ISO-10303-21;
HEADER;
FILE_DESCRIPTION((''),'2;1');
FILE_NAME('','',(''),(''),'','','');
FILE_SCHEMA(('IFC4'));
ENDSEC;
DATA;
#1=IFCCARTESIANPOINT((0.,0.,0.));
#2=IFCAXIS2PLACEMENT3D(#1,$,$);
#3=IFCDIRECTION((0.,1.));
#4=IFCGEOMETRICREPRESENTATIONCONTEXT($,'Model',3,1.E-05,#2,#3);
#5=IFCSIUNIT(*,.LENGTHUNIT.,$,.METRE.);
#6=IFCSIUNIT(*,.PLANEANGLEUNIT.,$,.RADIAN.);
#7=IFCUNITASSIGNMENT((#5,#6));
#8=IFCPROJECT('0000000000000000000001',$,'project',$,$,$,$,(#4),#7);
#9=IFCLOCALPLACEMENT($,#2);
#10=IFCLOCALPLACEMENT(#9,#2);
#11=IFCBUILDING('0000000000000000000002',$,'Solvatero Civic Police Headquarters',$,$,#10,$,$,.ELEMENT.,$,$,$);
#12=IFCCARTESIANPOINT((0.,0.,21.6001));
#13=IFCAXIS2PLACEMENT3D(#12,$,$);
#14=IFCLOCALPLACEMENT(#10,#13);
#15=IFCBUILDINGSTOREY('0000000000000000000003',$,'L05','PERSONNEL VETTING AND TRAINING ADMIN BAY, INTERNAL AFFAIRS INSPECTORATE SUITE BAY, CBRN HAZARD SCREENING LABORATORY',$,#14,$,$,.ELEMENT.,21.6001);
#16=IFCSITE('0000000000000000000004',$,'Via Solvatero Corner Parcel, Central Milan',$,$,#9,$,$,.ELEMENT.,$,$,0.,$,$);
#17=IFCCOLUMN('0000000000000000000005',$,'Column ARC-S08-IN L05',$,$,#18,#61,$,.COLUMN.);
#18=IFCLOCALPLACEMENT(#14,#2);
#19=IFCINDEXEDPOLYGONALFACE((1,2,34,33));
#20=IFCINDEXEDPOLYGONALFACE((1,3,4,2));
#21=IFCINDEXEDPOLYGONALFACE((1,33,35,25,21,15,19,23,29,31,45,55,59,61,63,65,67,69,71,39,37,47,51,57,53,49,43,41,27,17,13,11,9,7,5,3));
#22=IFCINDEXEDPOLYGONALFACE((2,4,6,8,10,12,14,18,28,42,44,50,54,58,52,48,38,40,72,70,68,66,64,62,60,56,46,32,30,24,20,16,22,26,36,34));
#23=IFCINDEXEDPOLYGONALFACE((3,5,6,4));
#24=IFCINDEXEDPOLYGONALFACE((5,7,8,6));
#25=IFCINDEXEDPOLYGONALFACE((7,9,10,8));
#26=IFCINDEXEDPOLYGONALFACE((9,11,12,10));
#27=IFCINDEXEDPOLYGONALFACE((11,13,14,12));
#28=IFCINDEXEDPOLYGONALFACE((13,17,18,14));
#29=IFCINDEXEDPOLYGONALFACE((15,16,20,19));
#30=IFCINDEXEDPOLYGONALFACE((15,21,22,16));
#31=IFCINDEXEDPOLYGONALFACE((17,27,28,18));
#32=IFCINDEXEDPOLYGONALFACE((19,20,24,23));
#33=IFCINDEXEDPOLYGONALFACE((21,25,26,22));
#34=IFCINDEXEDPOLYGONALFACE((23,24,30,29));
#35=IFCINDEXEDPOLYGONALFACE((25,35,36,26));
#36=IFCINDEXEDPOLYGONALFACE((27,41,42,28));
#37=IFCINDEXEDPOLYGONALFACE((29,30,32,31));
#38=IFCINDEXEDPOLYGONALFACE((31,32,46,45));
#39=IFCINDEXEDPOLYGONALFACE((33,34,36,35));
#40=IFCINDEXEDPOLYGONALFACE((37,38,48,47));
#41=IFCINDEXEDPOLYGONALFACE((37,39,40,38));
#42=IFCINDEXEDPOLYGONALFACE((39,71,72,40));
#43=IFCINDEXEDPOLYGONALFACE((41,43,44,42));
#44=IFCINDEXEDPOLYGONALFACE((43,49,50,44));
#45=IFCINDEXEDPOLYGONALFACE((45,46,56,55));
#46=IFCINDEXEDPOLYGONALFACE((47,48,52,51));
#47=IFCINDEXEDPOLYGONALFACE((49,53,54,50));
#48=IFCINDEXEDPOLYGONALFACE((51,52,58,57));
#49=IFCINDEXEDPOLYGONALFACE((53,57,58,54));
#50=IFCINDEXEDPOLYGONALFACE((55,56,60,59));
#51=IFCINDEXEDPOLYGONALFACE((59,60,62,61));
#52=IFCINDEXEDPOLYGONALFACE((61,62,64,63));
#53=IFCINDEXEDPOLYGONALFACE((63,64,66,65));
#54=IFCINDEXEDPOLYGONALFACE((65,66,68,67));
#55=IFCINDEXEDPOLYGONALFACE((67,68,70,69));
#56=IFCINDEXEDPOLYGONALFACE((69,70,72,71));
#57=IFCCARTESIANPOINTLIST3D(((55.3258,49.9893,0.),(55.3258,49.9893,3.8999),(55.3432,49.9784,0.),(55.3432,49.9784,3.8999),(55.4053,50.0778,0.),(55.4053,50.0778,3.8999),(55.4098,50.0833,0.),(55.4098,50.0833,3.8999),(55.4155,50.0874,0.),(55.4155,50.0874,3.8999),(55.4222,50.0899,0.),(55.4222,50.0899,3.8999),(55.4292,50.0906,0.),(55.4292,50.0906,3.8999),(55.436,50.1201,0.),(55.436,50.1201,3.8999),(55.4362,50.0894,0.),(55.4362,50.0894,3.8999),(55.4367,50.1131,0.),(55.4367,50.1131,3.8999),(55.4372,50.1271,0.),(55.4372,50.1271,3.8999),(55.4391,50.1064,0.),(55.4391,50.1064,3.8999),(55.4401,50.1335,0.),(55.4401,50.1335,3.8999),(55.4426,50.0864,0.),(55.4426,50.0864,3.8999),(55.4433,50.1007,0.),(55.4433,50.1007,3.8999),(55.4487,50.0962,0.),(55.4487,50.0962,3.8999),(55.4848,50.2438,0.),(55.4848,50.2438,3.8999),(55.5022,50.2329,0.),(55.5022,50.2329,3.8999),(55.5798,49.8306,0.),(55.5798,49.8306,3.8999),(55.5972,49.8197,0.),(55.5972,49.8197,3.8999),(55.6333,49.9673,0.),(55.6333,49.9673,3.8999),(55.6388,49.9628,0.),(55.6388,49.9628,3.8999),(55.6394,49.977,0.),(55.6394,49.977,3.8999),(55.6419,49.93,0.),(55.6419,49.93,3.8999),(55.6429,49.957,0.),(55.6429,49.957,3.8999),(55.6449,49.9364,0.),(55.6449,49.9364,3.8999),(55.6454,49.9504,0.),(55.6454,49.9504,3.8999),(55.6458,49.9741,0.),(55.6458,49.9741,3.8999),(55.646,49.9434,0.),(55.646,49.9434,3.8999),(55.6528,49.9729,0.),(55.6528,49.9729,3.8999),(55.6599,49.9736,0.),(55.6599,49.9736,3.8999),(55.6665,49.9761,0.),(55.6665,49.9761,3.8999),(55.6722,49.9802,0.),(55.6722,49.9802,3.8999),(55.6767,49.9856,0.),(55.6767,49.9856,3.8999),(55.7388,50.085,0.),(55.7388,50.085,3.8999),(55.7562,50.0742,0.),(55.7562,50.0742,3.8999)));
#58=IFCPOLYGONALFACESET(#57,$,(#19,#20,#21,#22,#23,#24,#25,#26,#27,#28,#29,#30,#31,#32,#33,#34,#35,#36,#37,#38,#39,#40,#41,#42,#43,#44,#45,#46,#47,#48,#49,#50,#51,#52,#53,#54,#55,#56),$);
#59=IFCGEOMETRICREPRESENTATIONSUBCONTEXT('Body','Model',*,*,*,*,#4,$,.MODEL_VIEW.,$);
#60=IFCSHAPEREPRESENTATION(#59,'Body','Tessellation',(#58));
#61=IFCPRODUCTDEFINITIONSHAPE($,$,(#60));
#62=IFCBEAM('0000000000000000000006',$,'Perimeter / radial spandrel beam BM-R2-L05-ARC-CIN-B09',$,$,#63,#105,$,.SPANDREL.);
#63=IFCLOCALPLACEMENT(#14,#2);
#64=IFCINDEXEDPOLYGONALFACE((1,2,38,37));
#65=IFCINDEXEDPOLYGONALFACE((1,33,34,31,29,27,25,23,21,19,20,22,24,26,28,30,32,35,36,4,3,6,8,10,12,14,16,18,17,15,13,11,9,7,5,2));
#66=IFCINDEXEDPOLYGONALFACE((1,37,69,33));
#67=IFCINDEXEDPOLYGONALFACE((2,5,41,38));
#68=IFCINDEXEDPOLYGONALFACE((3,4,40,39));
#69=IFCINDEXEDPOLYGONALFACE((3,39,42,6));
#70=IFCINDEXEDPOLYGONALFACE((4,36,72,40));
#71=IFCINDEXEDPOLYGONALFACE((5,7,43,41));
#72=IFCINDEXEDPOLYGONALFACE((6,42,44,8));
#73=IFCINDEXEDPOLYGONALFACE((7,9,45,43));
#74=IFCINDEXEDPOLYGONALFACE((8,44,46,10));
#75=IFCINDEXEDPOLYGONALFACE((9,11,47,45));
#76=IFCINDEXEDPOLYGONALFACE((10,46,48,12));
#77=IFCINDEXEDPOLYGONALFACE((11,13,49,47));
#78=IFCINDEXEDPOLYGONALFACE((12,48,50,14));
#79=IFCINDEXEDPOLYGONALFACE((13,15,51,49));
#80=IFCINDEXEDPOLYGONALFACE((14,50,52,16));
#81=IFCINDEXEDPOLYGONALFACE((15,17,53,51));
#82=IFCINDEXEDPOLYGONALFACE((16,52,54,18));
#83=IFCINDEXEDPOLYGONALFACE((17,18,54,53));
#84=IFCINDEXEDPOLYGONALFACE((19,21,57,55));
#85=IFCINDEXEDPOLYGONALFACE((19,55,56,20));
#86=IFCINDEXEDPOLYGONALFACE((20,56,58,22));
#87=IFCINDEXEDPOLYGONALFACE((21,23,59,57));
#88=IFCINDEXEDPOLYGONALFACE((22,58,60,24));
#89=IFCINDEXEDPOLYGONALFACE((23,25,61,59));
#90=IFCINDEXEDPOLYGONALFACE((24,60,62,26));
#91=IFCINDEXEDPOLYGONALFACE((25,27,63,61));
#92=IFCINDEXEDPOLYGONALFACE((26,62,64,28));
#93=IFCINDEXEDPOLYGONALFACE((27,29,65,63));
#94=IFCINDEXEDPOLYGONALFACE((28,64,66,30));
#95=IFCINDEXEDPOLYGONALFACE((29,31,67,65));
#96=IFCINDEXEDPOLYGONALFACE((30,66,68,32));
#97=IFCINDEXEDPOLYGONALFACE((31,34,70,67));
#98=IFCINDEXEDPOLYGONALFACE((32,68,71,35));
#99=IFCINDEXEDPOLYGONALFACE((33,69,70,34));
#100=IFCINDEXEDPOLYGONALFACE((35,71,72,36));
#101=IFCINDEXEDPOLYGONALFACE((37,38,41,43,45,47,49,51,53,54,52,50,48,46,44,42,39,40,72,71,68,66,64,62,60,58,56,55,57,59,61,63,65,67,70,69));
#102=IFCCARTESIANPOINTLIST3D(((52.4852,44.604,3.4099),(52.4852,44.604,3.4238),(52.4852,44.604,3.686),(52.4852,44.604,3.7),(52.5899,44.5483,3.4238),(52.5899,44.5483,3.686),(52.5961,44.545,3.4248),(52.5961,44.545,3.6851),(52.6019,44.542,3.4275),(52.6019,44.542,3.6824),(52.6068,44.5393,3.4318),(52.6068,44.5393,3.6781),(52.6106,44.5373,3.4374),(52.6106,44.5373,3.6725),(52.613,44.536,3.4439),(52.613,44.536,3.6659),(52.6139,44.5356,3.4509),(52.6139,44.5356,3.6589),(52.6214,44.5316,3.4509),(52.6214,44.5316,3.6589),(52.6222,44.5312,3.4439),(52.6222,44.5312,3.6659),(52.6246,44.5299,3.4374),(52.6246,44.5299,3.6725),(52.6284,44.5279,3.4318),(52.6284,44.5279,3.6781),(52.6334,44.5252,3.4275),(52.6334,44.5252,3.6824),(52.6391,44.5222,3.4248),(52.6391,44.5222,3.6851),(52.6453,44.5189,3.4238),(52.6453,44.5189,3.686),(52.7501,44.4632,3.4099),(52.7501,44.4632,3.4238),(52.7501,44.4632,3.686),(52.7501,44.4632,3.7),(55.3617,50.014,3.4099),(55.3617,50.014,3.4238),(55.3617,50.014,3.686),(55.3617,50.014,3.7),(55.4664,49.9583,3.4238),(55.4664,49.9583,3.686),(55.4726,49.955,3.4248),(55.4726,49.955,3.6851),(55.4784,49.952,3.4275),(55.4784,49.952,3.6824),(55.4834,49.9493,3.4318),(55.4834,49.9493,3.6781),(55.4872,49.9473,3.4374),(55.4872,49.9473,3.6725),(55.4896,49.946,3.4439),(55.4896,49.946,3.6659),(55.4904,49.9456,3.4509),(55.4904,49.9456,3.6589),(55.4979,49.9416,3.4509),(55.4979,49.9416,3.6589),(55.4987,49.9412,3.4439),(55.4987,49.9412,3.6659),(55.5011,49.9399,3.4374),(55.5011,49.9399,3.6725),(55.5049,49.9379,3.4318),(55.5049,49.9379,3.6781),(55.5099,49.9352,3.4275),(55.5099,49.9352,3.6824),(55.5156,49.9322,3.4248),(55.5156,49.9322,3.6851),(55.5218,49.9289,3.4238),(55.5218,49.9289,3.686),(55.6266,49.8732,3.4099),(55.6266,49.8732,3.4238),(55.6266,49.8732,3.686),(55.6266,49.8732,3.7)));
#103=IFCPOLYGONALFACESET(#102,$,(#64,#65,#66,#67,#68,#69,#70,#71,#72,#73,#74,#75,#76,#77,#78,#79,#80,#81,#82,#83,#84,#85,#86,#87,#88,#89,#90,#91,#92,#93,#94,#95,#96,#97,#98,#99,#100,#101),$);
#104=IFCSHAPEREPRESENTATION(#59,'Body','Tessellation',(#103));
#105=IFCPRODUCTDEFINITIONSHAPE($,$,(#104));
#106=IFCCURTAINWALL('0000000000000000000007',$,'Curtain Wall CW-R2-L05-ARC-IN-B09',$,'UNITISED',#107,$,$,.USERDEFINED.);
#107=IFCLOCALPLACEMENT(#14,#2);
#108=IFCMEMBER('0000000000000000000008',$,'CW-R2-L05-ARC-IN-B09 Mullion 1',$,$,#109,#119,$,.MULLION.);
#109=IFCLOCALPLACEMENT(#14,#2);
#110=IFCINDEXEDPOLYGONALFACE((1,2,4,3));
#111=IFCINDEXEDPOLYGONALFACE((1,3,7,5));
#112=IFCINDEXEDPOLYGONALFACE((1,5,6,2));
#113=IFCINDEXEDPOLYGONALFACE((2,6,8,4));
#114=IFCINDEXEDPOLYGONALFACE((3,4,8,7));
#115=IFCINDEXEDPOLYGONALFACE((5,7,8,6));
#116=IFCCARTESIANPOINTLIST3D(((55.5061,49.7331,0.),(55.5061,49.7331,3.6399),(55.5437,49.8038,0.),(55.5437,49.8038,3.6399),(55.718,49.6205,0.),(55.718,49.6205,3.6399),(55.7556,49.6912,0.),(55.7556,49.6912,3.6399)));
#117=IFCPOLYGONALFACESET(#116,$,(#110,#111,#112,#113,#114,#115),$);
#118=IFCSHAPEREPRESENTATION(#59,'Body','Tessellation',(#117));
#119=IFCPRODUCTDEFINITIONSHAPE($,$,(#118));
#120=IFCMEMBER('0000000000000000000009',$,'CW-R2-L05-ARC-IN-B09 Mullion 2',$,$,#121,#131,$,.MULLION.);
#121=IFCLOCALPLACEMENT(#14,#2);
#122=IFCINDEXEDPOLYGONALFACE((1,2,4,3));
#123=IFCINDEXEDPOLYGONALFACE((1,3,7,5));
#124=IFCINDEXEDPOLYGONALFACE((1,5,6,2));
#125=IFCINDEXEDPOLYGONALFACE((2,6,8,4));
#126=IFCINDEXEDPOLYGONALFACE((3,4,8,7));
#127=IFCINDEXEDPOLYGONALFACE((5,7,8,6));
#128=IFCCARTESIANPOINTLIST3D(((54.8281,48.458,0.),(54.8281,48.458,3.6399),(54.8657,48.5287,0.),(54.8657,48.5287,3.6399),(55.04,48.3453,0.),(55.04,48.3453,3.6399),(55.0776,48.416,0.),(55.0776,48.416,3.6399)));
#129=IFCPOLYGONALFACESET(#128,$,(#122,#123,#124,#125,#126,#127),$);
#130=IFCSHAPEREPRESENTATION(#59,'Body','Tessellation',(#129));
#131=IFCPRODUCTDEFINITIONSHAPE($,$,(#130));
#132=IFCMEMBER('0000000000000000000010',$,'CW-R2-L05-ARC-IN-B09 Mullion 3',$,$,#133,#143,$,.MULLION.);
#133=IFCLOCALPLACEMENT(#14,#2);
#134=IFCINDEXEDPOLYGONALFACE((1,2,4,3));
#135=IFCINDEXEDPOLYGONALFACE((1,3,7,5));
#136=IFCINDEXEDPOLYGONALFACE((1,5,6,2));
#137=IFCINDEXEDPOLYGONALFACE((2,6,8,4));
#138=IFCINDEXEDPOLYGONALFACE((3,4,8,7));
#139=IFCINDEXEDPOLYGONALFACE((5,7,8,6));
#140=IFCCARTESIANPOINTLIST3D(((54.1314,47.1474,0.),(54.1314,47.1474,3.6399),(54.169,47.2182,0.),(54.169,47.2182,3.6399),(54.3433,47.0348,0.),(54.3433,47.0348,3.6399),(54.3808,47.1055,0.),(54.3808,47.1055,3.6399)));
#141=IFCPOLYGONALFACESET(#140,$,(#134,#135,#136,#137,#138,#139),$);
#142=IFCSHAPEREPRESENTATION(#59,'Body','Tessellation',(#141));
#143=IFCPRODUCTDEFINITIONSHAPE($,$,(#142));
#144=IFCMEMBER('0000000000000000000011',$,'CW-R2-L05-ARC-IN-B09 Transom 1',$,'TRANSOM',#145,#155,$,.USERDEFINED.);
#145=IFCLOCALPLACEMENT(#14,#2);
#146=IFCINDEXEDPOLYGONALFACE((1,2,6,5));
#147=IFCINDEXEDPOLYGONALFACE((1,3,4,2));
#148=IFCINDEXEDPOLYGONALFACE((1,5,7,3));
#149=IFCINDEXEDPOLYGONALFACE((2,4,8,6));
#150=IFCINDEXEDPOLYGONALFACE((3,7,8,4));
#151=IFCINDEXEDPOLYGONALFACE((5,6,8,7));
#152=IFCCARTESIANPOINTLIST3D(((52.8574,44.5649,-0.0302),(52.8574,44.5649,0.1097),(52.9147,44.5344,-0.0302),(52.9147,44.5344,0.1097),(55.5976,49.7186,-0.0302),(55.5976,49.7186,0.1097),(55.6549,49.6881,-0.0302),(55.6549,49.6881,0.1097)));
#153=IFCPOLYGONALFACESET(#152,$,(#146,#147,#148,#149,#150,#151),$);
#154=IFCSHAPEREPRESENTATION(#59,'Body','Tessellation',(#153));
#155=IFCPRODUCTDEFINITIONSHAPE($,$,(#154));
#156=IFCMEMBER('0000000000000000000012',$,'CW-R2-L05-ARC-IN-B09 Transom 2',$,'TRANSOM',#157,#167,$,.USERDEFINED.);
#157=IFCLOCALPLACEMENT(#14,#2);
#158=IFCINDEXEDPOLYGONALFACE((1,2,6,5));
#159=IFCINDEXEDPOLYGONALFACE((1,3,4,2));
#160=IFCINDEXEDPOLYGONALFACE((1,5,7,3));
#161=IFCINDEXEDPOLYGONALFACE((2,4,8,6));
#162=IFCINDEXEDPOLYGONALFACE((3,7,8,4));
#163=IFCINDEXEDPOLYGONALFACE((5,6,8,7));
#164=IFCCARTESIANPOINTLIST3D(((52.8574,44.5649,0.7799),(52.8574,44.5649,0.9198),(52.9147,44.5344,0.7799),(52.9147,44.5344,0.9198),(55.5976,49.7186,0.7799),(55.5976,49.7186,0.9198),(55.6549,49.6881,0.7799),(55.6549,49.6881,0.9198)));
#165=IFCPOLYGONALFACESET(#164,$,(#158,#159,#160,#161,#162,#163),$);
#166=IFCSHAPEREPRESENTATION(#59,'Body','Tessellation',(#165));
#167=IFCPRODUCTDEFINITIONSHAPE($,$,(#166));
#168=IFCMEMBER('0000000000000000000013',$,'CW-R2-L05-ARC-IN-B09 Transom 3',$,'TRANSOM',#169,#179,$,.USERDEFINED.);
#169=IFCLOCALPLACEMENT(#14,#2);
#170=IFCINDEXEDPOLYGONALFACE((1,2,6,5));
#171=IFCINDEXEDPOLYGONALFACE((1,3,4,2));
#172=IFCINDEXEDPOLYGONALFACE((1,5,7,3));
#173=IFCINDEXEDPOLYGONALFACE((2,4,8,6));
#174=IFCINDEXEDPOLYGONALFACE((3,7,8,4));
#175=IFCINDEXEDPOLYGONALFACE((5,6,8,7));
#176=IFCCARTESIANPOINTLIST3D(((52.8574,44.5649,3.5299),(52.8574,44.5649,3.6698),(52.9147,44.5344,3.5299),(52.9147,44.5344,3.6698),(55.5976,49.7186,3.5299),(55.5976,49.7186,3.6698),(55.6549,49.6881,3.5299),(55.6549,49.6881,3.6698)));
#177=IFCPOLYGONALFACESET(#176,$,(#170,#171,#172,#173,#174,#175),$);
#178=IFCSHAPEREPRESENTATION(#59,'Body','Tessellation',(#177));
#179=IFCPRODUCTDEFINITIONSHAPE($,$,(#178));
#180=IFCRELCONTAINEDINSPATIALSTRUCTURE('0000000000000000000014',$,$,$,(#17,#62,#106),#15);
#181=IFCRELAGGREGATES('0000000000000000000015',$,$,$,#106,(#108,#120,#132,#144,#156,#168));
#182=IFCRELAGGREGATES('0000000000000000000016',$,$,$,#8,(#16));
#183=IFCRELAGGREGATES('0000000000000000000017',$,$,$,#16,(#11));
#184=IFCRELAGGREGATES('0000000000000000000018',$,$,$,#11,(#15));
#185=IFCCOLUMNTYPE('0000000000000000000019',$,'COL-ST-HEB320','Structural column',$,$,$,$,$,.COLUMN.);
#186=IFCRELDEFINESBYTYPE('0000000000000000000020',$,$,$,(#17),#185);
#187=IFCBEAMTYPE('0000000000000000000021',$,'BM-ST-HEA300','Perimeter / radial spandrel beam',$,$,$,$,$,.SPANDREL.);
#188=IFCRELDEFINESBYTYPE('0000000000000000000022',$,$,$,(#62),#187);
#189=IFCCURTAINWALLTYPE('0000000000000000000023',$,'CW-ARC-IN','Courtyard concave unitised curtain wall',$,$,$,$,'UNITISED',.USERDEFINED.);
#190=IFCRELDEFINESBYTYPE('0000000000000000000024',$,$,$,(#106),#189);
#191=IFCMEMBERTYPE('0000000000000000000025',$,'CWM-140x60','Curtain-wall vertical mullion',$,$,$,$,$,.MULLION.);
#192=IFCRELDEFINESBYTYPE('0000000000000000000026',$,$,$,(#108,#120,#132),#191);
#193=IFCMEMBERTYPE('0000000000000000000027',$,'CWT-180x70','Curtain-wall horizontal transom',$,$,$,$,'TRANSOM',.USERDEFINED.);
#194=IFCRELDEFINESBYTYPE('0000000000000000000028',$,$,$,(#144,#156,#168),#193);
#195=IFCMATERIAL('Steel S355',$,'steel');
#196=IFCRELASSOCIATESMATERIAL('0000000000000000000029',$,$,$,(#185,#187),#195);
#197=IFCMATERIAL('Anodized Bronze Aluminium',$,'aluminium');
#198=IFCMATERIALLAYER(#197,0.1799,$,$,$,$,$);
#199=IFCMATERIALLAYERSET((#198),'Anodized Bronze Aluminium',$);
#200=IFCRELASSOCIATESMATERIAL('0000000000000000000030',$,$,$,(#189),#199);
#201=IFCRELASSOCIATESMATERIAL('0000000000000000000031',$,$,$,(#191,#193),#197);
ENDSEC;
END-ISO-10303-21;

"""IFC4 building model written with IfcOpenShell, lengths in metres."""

from ifc_helpers import new_model, si_unit, direction, frame, origin, origin_2d, place, context, subcontext, project, spatial, rectangle, i_section, extrude, material, layer, layer_set, material_profile, profile_set, type_object, element, aggregate, save


model = new_model("IFC4")

# Units and contexts
model_context = context("Model", 3, precision=1e-05, world=origin(), true_north=direction((0.0, 1.0)))
body_context = subcontext(model_context, "Body", "Model", "MODEL_VIEW")
ifc_project = project(units=[si_unit("LENGTHUNIT", "METRE"), si_unit("PLANEANGLEUNIT", "RADIAN")], contexts=[model_context])

# Site, building, storey
site_placement = place(None, origin())
site = spatial("IfcSite", under=ifc_project, at=site_placement, Name="Via Solvatero Corner Parcel, Central Milan", CompositionType="ELEMENT", RefElevation=0.0)
building_placement = place(site_placement, origin())
building = spatial("IfcBuilding", under=site, at=building_placement, Name="Solvatero Civic Police Headquarters", CompositionType="ELEMENT")
storey_placement = place(building_placement, frame((0.0, 0.0, 21.6001)))
storey = spatial("IfcBuildingStorey", under=building, at=storey_placement, Name="L05", Description="PERSONNEL VETTING AND TRAINING ADMIN BAY, INTERNAL AFFAIRS INSPECTORATE SUITE BAY, CBRN HAZARD SCREENING LABORATORY", CompositionType="ELEMENT", Elevation=21.6001)

# Column
ifc_material_1 = material(Name="Steel S355", Category="steel")
ifc_material_profile_1 = material_profile(ifc_material_1, i_section(OverallWidth=0.3, OverallDepth=0.3201, WebThickness=0.0115, FlangeThickness=0.0205, FilletRadius=0.0271, at=origin_2d()), Name="HEB 320")
ifc_profile_set_1 = profile_set([ifc_material_profile_1], Name="Steel S355")
column_type = type_object("IfcColumnType", Name="COL-ST-HEB320", Description="Structural column", PredefinedType="COLUMN", material=ifc_profile_set_1)
column_placement = place(storey_placement, frame((55.541, 50.0317, 0.0), z_axis=(0.0, 0.0, 1.0), x_axis=(0.529919, 0.848048, 0.0)))
element("IfcColumn", 1, at=column_placement, inside=storey, type_object=column_type, Name="Column ARC-S08-IN L05", PredefinedType="COLUMN", context=body_context, shape_type="SweptSolid", body=[
    extrude(i_section(OverallWidth=0.3, OverallDepth=0.3201, WebThickness=0.0115, FlangeThickness=0.0205, FilletRadius=0.0271, at=origin_2d()), origin(), (0.0, 0.0, 1.0), 3.8999),
])

# Beam
ifc_material_profile_2 = material_profile(ifc_material_1, i_section(OverallWidth=0.3, OverallDepth=0.29, WebThickness=0.0085, FlangeThickness=0.0139, FilletRadius=0.0271, at=origin_2d()), Name="HEA 300")
ifc_profile_set_2 = profile_set([ifc_material_profile_2], Name="Steel S355")
beam_type = type_object("IfcBeamType", Name="BM-ST-HEA300", Description="Perimeter / radial spandrel beam", PredefinedType="SPANDREL", material=ifc_profile_set_2)
beam_placement = place(storey_placement, frame((55.4941, 49.9436, 3.5549), z_axis=(-0.469467, -0.88295, 0.0), x_axis=(0.88295, -0.469467, 0.0)))
element("IfcBeam", 2, at=beam_placement, inside=storey, type_object=beam_type, Name="Perimeter / radial spandrel beam BM-R2-L05-ARC-CIN-B09", PredefinedType="SPANDREL", context=body_context, shape_type="SweptSolid", body=[
    extrude(i_section(OverallWidth=0.3, OverallDepth=0.29, WebThickness=0.0085, FlangeThickness=0.0139, FilletRadius=0.0271, at=origin_2d()), origin(), (0.0, 0.0, 1.0), 6.1272),
])

# Curtain wall, members
ifc_material_2 = material(Name="Anodized Bronze Aluminium", Category="aluminium")
ifc_layer_1 = layer(ifc_material_2, 0.1799)
ifc_layer_set_1 = layer_set([ifc_layer_1], Name="Anodized Bronze Aluminium")
curtain_wall_type = type_object("IfcCurtainWallType", Name="CW-ARC-IN", Description="Courtyard concave unitised curtain wall", ElementType="UNITISED", PredefinedType="USERDEFINED", material=ifc_layer_set_1)
curtain_wall_placement = place(storey_placement, origin())
curtain_wall = element("IfcCurtainWall", 3, at=curtain_wall_placement, inside=storey, type_object=curtain_wall_type, Name="Curtain Wall CW-R2-L05-ARC-IN-B09", ObjectType="UNITISED", PredefinedType="USERDEFINED")
ifc_material_profile_3 = material_profile(ifc_material_2, rectangle(XDim=0.0801, YDim=0.24, at=origin_2d()), Name="ALU MULLION 80x240")
ifc_profile_set_3 = profile_set([ifc_material_profile_3], Name="Anodized Bronze Aluminium")
member_type_1 = type_object("IfcMemberType", Name="CWM-140x60", Description="Curtain-wall vertical mullion", PredefinedType="MULLION", material=ifc_profile_set_3)
member_1_placement = place(storey_placement, frame((55.6309, 49.7122, 0.0), z_axis=(0.0, 0.0, 1.0), x_axis=(-0.469487, -0.882939, 0.0)))
member_1 = element("IfcMember", 4, at=member_1_placement, type_object=member_type_1, Name="CW-R2-L05-ARC-IN-B09 Mullion 1", PredefinedType="MULLION", context=body_context, shape_type="SweptSolid", body=[
    extrude(rectangle(XDim=0.0801, YDim=0.24, at=origin_2d()), origin(), (0.0, 0.0, 1.0), 3.6399),
])
member_2_placement = place(storey_placement, frame((54.9529, 48.437, 0.0), z_axis=(0.0, 0.0, 1.0), x_axis=(-0.469487, -0.882939, 0.0)))
member_2 = element("IfcMember", 5, at=member_2_placement, type_object=member_type_1, Name="CW-R2-L05-ARC-IN-B09 Mullion 2", PredefinedType="MULLION", context=body_context, shape_type="SweptSolid", body=[
    extrude(rectangle(XDim=0.0801, YDim=0.24, at=origin_2d()), origin(), (0.0, 0.0, 1.0), 3.6399),
])
member_3_placement = place(storey_placement, frame((54.2561, 47.1265, 0.0), z_axis=(0.0, 0.0, 1.0), x_axis=(-0.469487, -0.882939, 0.0)))
member_3 = element("IfcMember", 6, at=member_3_placement, type_object=member_type_1, Name="CW-R2-L05-ARC-IN-B09 Mullion 3", PredefinedType="MULLION", context=body_context, shape_type="SweptSolid", body=[
    extrude(rectangle(XDim=0.0801, YDim=0.24, at=origin_2d()), origin(), (0.0, 0.0, 1.0), 3.6399),
])
ifc_material_profile_4 = material_profile(ifc_material_2, rectangle(XDim=0.0649, YDim=0.1399, at=origin_2d()), Name="ALU TRANSOM 65x140")
ifc_profile_set_4 = profile_set([ifc_material_profile_4], Name="Anodized Bronze Aluminium")
member_type_2 = type_object("IfcMemberType", Name="CWT-180x70", Description="Curtain-wall horizontal transom", ElementType="TRANSOM", PredefinedType="USERDEFINED", material=ifc_profile_set_4)
member_4_placement = place(storey_placement, frame((55.6262, 49.7034, 0.0398), z_axis=(-0.469459, -0.882954, 0.0), x_axis=(0.882954, -0.469459, 0.0)))
member_4 = element("IfcMember", 7, at=member_4_placement, type_object=member_type_2, Name="CW-R2-L05-ARC-IN-B09 Transom 1", ObjectType="TRANSOM", PredefinedType="USERDEFINED", context=body_context, shape_type="SweptSolid", body=[
    extrude(rectangle(XDim=0.0649, YDim=0.1399, at=origin_2d()), origin(), (0.0, 0.0, 1.0), 5.8369),
])
member_5_placement = place(storey_placement, frame((55.6262, 49.7034, 0.8499), z_axis=(-0.469459, -0.882954, 0.0), x_axis=(0.882954, -0.469459, 0.0)))
member_5 = element("IfcMember", 8, at=member_5_placement, type_object=member_type_2, Name="CW-R2-L05-ARC-IN-B09 Transom 2", ObjectType="TRANSOM", PredefinedType="USERDEFINED", context=body_context, shape_type="SweptSolid", body=[
    extrude(rectangle(XDim=0.0649, YDim=0.1399, at=origin_2d()), origin(), (0.0, 0.0, 1.0), 5.8369),
])
member_6_placement = place(storey_placement, frame((55.6262, 49.7034, 3.5999), z_axis=(-0.469459, -0.882954, 0.0), x_axis=(0.882954, -0.469459, 0.0)))
member_6 = element("IfcMember", 9, at=member_6_placement, type_object=member_type_2, Name="CW-R2-L05-ARC-IN-B09 Transom 3", ObjectType="TRANSOM", PredefinedType="USERDEFINED", context=body_context, shape_type="SweptSolid", body=[
    extrude(rectangle(XDim=0.0649, YDim=0.1399, at=origin_2d()), origin(), (0.0, 0.0, 1.0), 5.8369),
])
aggregate(curtain_wall, [member_1, member_2, member_3, member_4, member_5, member_6])

save(model, "model.ifc")
